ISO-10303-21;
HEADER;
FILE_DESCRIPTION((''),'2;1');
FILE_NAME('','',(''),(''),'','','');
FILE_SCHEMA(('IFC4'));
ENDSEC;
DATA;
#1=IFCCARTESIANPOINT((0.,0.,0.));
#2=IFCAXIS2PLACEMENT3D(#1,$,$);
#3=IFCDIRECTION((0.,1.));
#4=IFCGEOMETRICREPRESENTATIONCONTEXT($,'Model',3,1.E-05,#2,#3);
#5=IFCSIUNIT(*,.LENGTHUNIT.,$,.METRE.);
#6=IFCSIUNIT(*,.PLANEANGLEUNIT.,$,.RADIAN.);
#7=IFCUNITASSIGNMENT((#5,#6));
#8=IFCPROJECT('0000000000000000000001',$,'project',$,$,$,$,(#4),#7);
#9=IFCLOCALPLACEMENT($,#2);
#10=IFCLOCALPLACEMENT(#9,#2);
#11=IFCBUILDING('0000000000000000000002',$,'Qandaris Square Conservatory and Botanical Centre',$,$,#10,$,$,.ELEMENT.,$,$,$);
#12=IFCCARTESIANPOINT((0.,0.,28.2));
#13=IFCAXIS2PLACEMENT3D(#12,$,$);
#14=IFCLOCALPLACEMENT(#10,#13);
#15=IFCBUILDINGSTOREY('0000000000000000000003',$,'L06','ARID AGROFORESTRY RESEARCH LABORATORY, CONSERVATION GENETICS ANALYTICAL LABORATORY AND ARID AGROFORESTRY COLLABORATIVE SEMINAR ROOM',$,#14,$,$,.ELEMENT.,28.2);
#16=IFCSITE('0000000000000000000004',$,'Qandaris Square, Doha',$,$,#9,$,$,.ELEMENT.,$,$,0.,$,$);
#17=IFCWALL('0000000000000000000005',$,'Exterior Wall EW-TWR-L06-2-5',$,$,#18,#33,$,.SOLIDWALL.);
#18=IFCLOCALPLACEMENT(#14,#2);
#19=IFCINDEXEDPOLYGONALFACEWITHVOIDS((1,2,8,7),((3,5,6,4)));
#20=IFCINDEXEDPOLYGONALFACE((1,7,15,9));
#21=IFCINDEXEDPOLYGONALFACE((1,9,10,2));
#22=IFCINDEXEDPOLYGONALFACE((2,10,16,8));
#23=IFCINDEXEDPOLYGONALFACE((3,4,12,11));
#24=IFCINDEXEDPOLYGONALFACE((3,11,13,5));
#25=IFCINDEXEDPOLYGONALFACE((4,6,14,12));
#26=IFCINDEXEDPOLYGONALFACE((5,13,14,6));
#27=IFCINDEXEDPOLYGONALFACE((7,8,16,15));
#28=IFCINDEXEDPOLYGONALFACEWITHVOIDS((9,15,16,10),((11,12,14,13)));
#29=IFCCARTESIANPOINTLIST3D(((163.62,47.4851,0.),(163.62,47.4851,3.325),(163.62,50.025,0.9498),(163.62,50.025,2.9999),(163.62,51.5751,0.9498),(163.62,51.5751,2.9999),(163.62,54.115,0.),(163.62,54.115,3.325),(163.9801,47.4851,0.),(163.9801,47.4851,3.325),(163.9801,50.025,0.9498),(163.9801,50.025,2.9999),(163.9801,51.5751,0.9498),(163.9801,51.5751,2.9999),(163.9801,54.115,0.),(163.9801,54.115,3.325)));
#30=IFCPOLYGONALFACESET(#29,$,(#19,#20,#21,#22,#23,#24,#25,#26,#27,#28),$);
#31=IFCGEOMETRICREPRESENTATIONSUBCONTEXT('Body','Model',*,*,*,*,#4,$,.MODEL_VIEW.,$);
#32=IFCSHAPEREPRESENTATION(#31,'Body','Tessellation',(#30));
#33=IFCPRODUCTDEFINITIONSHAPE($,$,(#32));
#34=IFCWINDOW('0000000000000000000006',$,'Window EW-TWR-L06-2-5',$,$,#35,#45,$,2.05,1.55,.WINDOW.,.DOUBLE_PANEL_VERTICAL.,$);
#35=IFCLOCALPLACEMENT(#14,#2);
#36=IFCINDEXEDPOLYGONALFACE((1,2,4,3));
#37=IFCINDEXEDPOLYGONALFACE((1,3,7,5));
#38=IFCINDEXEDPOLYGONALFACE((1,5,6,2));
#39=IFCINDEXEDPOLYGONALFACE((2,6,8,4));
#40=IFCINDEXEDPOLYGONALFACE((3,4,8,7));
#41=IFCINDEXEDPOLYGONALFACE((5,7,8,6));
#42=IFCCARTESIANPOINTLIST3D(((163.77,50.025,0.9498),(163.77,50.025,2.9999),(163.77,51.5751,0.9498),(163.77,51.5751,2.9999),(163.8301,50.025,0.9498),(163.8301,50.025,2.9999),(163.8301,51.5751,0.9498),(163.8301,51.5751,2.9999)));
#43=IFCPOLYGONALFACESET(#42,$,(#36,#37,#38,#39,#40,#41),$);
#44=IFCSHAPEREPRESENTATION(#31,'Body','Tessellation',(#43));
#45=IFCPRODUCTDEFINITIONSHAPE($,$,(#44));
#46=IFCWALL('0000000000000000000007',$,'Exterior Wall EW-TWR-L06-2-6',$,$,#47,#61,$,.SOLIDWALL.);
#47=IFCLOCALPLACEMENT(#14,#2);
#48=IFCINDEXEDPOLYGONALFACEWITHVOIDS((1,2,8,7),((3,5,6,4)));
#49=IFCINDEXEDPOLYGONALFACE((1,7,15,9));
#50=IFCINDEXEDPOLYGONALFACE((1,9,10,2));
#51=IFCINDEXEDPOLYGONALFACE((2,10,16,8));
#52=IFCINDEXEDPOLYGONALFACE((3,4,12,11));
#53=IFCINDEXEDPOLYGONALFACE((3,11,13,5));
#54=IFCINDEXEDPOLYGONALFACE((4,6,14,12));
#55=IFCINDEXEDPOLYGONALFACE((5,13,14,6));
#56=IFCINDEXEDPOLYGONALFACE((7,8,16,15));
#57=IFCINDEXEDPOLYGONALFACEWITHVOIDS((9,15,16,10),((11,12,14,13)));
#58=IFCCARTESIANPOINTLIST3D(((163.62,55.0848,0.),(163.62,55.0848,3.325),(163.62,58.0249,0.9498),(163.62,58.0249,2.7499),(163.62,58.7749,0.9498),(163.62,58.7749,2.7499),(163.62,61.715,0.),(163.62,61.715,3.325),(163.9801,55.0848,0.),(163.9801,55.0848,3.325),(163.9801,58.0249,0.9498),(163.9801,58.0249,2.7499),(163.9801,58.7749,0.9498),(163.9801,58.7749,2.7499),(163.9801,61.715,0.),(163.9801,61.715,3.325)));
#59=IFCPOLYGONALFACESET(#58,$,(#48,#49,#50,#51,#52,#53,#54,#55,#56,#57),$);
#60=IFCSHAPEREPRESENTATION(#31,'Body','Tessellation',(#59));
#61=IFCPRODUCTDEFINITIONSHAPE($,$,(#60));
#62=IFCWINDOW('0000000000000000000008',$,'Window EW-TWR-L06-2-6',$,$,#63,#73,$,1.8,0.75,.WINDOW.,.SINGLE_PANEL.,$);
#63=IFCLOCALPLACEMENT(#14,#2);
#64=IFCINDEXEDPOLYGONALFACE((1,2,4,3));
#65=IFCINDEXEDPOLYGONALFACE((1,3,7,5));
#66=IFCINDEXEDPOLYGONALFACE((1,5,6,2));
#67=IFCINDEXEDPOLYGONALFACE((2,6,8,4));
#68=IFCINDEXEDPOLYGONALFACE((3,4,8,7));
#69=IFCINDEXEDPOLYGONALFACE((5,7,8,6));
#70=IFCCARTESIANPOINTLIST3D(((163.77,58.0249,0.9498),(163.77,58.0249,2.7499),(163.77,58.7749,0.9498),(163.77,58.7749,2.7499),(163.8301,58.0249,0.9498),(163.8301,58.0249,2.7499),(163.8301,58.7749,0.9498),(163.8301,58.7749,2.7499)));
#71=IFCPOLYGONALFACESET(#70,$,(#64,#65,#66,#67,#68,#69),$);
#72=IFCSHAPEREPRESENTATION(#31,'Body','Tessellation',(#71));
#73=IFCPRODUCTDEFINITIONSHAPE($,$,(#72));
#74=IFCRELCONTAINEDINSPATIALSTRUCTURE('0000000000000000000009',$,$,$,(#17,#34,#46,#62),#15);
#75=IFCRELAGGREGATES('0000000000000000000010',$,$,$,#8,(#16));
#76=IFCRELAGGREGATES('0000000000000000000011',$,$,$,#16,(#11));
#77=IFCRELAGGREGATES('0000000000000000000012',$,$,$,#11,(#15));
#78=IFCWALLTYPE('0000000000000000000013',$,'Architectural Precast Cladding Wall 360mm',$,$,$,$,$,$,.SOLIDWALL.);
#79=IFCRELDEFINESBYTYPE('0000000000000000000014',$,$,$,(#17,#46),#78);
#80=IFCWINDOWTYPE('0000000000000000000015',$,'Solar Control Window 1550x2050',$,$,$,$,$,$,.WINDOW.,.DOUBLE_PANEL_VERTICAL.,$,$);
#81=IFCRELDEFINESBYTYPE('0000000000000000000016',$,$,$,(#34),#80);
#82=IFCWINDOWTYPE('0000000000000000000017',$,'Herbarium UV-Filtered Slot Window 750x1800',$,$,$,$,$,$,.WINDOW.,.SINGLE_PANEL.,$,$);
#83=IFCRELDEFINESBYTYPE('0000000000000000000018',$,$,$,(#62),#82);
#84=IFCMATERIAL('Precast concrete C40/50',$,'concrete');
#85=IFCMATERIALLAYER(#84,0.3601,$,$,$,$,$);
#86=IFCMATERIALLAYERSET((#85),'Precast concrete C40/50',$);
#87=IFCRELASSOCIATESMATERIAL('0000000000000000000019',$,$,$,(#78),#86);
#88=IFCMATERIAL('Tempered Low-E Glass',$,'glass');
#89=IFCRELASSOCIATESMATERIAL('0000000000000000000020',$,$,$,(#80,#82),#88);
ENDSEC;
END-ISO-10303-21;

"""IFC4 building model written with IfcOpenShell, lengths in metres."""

from ifc_helpers import new_model, si_unit, direction, frame, frame_2d, origin, place, context, subcontext, project, spatial, rectangle, extrude, material, layer, layer_set, type_object, element, fill, save


model = new_model("IFC4")

# Units and contexts
model_context = context("Model", 3, precision=1e-05, world=origin(), true_north=direction((0.0, 1.0)))
body_context = subcontext(model_context, "Body", "Model", "MODEL_VIEW")
ifc_project = project(units=[si_unit("LENGTHUNIT", "METRE"), si_unit("PLANEANGLEUNIT", "RADIAN")], contexts=[model_context])

# Site, building, storey
site_placement = place(None, origin())
site = spatial("IfcSite", under=ifc_project, at=site_placement, Name="Qandaris Square, Doha", CompositionType="ELEMENT", RefElevation=0.0)
building_placement = place(site_placement, origin())
building = spatial("IfcBuilding", under=site, at=building_placement, Name="Qandaris Square Conservatory and Botanical Centre", CompositionType="ELEMENT")
storey_placement = place(building_placement, frame((0.0, 0.0, 28.2)))
storey = spatial("IfcBuildingStorey", under=building, at=storey_placement, Name="L06", Description="ARID AGROFORESTRY RESEARCH LABORATORY, CONSERVATION GENETICS ANALYTICAL LABORATORY AND ARID AGROFORESTRY COLLABORATIVE SEMINAR ROOM", CompositionType="ELEMENT", Elevation=28.2)

# Walls, openings, windows
ifc_material_1 = material(Name="Precast concrete C40/50", Category="concrete")
ifc_layer_1 = layer(ifc_material_1, 0.3601)
ifc_layer_set_1 = layer_set([ifc_layer_1], Name="Precast concrete C40/50")
wall_type_1 = type_object("IfcWallType", Name="Architectural Precast Cladding Wall 360mm", PredefinedType="SOLIDWALL", material=ifc_layer_set_1)
wall_1_placement = place(storey_placement, frame((163.8, 47.4851, 0.0), z_axis=(0.0, 0.0, 1.0), x_axis=(0.0, 1.0, 0.0)))
wall_1 = element("IfcWall", 1, at=wall_1_placement, inside=storey, type_object=wall_type_1, Name="Exterior Wall EW-TWR-L06-2-5", PredefinedType="SOLIDWALL", context=body_context, shape_type="SweptSolid", body=[
    extrude(rectangle(XDim=6.6299, YDim=0.3601, at=frame_2d((3.3149, 0.0))), origin(), (0.0, 0.0, 1.0), 3.325),
])
opening_1_placement = place(wall_1_placement, frame((2.54, 0.0, 0.95)))
opening_1 = element("IfcOpeningElement", 2, at=opening_1_placement, cuts=wall_1, PredefinedType="OPENING", context=body_context, shape_type="SweptSolid", body=[
    extrude(rectangle(XDim=1.55, YDim=2.05, at=frame_2d((0.7749, 1.0249))), frame((0.0, 0.1919, 0.0), z_axis=(0.0, -1.0, 0.0), x_axis=(1.0, 0.0, 0.0)), (0.0, 0.0, 1.0), 0.384),
])
ifc_material_2 = material(Name="Tempered Low-E Glass", Category="glass")
window_type_1 = type_object("IfcWindowType", Name="Solar Control Window 1550x2050", PartitioningType="DOUBLE_PANEL_VERTICAL", PredefinedType="WINDOW", material=ifc_material_2)
window_1_placement = place(opening_1_placement, origin())
window_1 = element("IfcWindow", 3, at=window_1_placement, inside=storey, type_object=window_type_1, Name="Window EW-TWR-L06-2-5", OverallHeight=2.05, OverallWidth=1.55, PartitioningType="DOUBLE_PANEL_VERTICAL", PredefinedType="WINDOW", context=body_context, shape_type="SweptSolid", body=[
    extrude(rectangle(XDim=1.55, YDim=2.05, at=frame_2d((0.7749, 1.0249))), frame((0.0, 0.03, 0.0), z_axis=(0.0, -1.0, 0.0), x_axis=(1.0, 0.0, 0.0)), (0.0, 0.0, 1.0), 0.0601),
])
fill(opening_1, window_1)
wall_2_placement = place(storey_placement, frame((163.8, 55.085, 0.0), z_axis=(0.0, 0.0, 1.0), x_axis=(0.0, 1.0, 0.0)))
wall_2 = element("IfcWall", 4, at=wall_2_placement, inside=storey, type_object=wall_type_1, Name="Exterior Wall EW-TWR-L06-2-6", PredefinedType="SOLIDWALL", context=body_context, shape_type="SweptSolid", body=[
    extrude(rectangle(XDim=6.6301, YDim=0.3601, at=frame_2d((3.3149, 0.0))), origin(), (0.0, 0.0, 1.0), 3.325),
])
opening_2_placement = place(wall_2_placement, frame((2.9399, 0.0, 0.95)))
opening_2 = element("IfcOpeningElement", 5, at=opening_2_placement, cuts=wall_2, PredefinedType="OPENING", context=body_context, shape_type="SweptSolid", body=[
    extrude(rectangle(XDim=0.75, YDim=1.8, at=frame_2d((0.375, 0.8999))), frame((0.0, 0.1919, 0.0), z_axis=(0.0, -1.0, 0.0), x_axis=(1.0, 0.0, 0.0)), (0.0, 0.0, 1.0), 0.384),
])
window_type_2 = type_object("IfcWindowType", Name="Herbarium UV-Filtered Slot Window 750x1800", PartitioningType="SINGLE_PANEL", PredefinedType="WINDOW", material=ifc_material_2)
window_2_placement = place(opening_2_placement, origin())
window_2 = element("IfcWindow", 6, at=window_2_placement, inside=storey, type_object=window_type_2, Name="Window EW-TWR-L06-2-6", OverallHeight=1.8, OverallWidth=0.75, PartitioningType="SINGLE_PANEL", PredefinedType="WINDOW", context=body_context, shape_type="SweptSolid", body=[
    extrude(rectangle(XDim=0.75, YDim=1.8, at=frame_2d((0.375, 0.8999))), frame((0.0, 0.03, 0.0), z_axis=(0.0, -1.0, 0.0), x_axis=(1.0, 0.0, 0.0)), (0.0, 0.0, 1.0), 0.0601),
])
fill(opening_2, window_2)

save(model, "model.ifc")
